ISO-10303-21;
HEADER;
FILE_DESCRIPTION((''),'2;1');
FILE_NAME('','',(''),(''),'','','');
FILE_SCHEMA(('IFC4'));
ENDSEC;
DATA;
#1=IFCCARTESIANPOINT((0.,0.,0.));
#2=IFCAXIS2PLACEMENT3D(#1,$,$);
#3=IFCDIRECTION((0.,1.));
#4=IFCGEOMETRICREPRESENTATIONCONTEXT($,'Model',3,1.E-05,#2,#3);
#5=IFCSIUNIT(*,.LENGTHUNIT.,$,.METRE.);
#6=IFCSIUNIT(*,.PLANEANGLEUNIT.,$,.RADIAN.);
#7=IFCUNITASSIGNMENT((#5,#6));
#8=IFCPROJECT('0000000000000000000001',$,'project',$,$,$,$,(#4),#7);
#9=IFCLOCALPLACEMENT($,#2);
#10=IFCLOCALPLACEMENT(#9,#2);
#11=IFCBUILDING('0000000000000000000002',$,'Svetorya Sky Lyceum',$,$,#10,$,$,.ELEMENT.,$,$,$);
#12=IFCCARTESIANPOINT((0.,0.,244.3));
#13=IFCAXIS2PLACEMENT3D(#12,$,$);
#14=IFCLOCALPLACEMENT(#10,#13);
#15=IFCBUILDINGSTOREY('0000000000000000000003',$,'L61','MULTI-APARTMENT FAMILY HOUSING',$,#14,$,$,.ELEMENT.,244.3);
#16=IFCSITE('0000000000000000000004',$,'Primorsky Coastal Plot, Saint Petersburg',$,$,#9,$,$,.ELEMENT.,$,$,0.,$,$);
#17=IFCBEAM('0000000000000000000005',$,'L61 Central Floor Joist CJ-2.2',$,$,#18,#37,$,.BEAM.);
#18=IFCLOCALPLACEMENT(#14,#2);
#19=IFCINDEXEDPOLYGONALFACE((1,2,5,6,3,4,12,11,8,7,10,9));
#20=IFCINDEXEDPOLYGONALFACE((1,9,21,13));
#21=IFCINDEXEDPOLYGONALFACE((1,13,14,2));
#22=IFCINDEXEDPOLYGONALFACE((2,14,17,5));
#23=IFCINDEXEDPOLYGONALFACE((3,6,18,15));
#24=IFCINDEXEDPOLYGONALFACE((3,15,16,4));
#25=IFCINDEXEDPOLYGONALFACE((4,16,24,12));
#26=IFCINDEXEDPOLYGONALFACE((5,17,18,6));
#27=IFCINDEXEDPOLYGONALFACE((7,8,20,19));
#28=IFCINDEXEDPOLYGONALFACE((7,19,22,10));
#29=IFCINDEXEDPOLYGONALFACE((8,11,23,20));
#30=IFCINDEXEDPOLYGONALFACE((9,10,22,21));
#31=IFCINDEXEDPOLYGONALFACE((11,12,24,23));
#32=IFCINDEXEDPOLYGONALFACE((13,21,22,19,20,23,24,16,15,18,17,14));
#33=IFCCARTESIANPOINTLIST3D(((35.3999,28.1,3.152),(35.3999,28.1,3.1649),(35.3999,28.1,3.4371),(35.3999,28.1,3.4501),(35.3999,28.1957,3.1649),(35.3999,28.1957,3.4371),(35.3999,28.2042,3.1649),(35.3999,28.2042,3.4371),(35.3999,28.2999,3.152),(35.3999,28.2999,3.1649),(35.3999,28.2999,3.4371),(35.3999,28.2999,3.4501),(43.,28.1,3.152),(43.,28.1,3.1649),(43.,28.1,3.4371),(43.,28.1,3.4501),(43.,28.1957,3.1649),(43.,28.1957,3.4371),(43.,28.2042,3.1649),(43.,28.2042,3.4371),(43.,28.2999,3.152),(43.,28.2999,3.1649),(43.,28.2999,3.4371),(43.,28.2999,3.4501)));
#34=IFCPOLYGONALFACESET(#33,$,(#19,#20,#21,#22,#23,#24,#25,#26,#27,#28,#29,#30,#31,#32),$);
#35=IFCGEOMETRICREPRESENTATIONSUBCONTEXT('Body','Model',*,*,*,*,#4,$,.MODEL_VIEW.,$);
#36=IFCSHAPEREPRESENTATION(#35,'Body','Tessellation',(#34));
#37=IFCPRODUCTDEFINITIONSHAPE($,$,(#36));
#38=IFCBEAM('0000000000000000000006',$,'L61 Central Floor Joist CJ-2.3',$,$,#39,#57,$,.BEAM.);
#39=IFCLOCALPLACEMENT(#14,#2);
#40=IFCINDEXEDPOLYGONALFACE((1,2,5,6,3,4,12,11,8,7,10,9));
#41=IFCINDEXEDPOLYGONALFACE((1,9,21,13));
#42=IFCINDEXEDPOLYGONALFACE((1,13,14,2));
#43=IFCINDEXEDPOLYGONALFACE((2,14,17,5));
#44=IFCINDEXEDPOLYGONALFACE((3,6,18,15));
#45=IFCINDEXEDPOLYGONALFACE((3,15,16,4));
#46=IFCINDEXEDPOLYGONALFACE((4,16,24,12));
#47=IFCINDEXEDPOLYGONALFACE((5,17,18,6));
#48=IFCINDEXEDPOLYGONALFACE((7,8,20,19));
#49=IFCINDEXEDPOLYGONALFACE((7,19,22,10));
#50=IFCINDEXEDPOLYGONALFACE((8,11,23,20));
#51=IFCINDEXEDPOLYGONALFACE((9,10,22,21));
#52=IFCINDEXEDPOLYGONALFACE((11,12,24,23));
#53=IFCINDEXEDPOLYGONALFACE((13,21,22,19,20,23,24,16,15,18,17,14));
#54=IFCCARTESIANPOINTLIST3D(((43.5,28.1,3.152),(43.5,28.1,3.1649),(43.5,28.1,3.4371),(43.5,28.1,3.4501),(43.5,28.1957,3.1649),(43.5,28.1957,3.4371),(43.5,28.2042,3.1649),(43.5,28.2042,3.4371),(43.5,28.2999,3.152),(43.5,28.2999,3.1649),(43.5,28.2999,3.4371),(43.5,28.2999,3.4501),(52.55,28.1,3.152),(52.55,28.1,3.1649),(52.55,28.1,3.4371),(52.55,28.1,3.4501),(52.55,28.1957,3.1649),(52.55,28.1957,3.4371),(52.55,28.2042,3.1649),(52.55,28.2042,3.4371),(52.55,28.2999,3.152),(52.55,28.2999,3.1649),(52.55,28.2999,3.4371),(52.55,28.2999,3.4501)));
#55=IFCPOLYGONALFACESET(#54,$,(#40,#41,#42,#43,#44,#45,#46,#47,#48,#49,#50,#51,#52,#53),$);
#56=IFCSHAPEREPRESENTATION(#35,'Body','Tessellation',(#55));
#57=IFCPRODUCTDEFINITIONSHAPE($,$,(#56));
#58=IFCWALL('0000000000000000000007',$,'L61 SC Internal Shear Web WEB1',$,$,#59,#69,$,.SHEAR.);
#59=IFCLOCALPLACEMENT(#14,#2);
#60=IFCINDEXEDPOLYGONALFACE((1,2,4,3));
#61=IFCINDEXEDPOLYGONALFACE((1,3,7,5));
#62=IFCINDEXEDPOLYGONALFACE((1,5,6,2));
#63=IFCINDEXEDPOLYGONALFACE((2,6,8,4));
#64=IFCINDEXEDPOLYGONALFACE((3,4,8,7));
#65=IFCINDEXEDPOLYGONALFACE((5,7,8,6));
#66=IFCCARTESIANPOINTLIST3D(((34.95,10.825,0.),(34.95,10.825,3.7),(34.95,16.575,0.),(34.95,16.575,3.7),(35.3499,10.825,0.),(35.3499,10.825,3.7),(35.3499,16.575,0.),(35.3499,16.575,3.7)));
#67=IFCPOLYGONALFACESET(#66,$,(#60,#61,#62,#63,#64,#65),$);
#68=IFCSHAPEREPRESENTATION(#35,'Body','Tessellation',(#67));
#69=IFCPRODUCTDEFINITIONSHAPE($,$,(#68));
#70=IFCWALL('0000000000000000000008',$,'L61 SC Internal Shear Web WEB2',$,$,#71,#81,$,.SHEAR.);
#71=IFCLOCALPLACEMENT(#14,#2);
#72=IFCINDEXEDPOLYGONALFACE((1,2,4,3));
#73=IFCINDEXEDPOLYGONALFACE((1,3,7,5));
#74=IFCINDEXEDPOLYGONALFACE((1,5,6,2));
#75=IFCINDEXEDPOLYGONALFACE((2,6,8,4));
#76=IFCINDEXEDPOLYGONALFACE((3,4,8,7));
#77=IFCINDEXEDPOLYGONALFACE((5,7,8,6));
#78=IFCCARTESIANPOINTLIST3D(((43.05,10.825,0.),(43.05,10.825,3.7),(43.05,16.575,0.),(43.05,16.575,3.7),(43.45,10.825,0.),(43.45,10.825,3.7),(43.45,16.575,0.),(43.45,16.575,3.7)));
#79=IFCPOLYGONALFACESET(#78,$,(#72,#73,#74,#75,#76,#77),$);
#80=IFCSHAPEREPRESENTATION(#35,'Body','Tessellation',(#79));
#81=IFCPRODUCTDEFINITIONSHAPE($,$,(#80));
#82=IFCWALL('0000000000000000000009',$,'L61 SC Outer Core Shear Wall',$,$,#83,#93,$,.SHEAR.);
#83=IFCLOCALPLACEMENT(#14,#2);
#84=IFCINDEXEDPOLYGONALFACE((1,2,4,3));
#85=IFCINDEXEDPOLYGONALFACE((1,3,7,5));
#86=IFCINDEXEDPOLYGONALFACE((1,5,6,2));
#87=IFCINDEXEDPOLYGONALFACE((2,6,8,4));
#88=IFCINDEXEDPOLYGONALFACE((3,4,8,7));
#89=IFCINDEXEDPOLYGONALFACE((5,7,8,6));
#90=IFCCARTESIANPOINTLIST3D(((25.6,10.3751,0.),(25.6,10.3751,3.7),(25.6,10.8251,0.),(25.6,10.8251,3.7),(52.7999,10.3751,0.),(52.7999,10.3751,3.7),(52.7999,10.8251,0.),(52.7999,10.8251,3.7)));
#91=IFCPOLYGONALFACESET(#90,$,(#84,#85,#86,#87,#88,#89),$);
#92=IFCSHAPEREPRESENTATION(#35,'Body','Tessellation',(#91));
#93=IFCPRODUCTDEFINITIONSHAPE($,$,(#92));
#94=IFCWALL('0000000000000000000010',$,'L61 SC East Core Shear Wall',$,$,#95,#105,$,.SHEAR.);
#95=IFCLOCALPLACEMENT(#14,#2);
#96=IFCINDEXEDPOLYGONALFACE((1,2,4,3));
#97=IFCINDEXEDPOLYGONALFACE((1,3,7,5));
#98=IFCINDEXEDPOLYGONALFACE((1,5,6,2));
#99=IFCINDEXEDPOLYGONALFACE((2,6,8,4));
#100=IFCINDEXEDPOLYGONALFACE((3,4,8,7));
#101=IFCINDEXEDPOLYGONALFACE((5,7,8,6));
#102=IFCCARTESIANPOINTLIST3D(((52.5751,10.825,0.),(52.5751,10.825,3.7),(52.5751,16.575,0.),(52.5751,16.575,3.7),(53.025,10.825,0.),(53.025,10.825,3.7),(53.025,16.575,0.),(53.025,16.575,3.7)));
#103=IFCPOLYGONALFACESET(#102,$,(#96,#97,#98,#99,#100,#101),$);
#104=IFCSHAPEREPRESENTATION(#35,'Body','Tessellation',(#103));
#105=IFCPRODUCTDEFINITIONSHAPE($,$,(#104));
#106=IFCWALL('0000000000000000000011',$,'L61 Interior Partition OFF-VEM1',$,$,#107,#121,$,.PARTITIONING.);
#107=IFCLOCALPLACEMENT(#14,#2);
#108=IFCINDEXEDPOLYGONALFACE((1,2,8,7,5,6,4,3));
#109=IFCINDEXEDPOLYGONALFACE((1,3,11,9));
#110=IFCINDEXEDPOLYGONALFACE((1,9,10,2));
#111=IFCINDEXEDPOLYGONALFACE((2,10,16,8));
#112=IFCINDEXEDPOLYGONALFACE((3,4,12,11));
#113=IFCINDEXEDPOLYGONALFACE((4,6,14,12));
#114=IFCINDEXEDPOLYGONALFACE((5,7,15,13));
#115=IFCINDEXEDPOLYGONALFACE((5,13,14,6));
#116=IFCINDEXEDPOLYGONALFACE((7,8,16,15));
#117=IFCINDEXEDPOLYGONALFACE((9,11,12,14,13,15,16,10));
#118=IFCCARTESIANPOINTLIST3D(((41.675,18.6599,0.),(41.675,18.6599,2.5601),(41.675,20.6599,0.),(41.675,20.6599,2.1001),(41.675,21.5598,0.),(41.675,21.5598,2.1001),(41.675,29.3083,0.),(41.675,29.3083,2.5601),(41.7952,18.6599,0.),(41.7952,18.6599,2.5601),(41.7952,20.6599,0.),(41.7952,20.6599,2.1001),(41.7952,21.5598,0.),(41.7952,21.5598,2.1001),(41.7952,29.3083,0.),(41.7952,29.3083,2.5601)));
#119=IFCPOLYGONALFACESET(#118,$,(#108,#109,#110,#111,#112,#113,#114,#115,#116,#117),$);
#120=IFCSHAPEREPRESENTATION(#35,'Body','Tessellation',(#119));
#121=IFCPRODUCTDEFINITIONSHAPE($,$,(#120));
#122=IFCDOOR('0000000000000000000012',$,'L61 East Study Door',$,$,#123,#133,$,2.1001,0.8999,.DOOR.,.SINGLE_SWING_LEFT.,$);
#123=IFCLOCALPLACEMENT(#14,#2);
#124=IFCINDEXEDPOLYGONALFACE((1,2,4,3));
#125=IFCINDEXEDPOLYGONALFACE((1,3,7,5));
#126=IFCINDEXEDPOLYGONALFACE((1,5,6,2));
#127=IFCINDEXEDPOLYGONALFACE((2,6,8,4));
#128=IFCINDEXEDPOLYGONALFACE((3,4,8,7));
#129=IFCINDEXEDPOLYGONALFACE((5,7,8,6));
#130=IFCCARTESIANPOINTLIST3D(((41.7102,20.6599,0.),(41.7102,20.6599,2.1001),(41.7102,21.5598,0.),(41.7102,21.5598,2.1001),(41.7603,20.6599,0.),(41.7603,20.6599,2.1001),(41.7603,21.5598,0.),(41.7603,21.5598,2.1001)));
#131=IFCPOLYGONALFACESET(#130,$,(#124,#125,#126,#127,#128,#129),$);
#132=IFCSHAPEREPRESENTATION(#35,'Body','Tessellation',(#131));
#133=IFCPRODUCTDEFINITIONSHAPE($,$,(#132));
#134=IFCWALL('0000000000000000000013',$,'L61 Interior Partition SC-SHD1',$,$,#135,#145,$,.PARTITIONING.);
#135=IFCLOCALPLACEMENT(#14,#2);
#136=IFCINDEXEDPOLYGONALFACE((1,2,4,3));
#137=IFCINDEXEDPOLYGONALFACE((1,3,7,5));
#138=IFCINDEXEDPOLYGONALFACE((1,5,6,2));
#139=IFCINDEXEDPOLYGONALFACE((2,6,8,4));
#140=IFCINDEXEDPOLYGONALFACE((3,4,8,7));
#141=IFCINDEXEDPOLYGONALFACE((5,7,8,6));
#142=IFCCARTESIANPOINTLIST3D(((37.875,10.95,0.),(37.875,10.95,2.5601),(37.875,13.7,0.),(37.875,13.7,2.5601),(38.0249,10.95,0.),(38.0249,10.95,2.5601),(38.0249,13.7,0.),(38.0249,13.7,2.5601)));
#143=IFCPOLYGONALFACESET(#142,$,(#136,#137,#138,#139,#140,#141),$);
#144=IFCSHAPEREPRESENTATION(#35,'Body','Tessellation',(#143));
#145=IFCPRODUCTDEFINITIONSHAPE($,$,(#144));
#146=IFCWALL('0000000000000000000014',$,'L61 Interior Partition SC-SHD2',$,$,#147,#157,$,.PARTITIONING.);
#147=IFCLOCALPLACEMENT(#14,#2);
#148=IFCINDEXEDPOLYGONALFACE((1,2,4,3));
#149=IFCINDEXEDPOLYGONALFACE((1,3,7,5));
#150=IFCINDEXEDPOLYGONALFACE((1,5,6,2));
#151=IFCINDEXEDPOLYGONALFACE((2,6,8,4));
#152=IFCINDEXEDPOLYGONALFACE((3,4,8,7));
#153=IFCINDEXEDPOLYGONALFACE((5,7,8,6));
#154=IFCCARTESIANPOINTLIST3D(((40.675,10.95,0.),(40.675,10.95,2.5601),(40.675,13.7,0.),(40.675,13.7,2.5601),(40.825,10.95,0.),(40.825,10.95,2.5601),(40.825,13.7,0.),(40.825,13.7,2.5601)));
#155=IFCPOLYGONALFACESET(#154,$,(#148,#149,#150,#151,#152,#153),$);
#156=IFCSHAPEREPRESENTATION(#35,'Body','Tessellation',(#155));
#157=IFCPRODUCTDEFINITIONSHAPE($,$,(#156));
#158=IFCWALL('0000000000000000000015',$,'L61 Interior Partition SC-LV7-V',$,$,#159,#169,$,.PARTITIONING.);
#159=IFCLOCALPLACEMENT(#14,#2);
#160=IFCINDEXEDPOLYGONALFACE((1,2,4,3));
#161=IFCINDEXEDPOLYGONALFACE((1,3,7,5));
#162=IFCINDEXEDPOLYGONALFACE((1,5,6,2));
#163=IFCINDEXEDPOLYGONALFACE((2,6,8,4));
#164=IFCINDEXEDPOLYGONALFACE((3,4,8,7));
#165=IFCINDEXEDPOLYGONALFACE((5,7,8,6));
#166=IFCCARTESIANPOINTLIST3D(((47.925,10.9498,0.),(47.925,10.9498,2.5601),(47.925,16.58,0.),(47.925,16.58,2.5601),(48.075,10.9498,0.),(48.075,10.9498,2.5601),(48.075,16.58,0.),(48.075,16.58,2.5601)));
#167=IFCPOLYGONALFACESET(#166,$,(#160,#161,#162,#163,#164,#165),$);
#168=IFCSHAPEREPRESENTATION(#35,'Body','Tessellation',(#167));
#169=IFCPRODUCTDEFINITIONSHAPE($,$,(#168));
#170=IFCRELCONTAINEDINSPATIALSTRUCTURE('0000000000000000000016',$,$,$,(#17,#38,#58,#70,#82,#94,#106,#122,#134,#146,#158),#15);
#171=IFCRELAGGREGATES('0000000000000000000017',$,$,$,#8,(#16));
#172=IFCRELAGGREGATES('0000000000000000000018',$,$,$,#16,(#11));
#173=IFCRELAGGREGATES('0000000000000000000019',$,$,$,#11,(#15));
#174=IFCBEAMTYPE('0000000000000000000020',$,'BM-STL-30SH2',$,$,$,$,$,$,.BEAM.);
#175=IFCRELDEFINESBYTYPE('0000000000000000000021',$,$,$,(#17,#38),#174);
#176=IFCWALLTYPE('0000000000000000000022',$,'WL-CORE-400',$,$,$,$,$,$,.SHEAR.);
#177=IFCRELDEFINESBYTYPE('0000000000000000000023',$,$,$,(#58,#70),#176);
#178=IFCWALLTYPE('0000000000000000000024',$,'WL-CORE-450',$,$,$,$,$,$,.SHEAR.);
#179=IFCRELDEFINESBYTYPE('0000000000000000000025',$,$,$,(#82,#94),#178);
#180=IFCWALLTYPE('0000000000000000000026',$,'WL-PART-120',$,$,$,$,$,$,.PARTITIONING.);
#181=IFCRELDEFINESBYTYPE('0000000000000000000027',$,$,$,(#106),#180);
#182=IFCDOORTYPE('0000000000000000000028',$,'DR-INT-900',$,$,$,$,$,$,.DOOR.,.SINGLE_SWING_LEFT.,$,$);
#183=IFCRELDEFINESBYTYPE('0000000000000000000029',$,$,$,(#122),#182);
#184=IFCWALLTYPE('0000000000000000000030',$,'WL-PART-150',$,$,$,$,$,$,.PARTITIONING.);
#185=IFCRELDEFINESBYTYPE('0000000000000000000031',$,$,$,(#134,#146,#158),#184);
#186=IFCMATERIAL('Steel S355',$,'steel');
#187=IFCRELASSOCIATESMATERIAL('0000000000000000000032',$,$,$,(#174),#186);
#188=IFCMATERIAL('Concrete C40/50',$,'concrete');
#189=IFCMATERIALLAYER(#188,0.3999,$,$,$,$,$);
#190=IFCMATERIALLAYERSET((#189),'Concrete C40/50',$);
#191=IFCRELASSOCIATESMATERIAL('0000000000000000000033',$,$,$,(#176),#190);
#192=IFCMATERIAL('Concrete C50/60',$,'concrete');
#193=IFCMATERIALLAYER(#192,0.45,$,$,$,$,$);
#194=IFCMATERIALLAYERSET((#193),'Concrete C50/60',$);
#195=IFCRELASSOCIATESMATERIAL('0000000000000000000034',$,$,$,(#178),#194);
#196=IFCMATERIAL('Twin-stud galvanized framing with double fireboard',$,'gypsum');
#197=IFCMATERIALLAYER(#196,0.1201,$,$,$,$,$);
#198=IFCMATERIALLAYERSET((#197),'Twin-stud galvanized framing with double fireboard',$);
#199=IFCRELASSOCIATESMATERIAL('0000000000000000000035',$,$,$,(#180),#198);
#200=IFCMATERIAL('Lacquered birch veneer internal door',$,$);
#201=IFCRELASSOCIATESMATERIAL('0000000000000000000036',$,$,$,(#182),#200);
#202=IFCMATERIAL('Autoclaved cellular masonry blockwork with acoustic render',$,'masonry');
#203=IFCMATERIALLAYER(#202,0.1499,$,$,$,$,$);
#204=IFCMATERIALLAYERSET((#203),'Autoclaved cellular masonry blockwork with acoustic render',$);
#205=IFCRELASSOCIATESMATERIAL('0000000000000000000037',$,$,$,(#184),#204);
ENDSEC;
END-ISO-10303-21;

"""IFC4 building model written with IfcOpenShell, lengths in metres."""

from ifc_helpers import new_model, si_unit, direction, frame, frame_2d, origin, origin_2d, place, context, subcontext, project, spatial, rectangle, i_section, extrude, material, layer, layer_set, material_profile, profile_set, type_object, element, fill, save


model = new_model("IFC4")

# Units and contexts
model_context = context("Model", 3, precision=1e-05, world=origin(), true_north=direction((0.0, 1.0)))
body_context = subcontext(model_context, "Body", "Model", "MODEL_VIEW")
ifc_project = project(units=[si_unit("LENGTHUNIT", "METRE"), si_unit("PLANEANGLEUNIT", "RADIAN")], contexts=[model_context])

# Site, building, storey
site_placement = place(None, origin())
site = spatial("IfcSite", under=ifc_project, at=site_placement, Name="Primorsky Coastal Plot, Saint Petersburg", CompositionType="ELEMENT", RefElevation=0.0)
building_placement = place(site_placement, origin())
building = spatial("IfcBuilding", under=site, at=building_placement, Name="Svetorya Sky Lyceum", CompositionType="ELEMENT")
storey_placement = place(building_placement, frame((0.0, 0.0, 244.3)))
storey = spatial("IfcBuildingStorey", under=building, at=storey_placement, Name="L61", Description="MULTI-APARTMENT FAMILY HOUSING", CompositionType="ELEMENT", Elevation=244.3)

# Shared definitions
ifc_material_1 = material(Name="Concrete C50/60", Category="concrete")

# Beams
ifc_material_2 = material(Name="Steel S355", Category="steel")
ifc_material_profile_1 = material_profile(ifc_material_2, i_section(OverallWidth=0.2, OverallDepth=0.2981, WebThickness=0.0085, FlangeThickness=0.0129, at=origin_2d()), Name="GOST 30Sh2")
ifc_profile_set_1 = profile_set([ifc_material_profile_1], Name="Steel S355")
beam_type_1 = type_object("IfcBeamType", Name="BM-STL-30SH2", PredefinedType="BEAM", material=ifc_profile_set_1)
beam_1_placement = place(storey_placement, frame((35.3999, 28.2, 3.301), z_axis=(1.0, 0.0, 0.0), x_axis=(0.0, 1.0, 0.0)))
element("IfcBeam", 1, at=beam_1_placement, inside=storey, type_object=beam_type_1, Name="L61 Central Floor Joist CJ-2.2", PredefinedType="BEAM", context=body_context, shape_type="SweptSolid", body=[
    extrude(i_section(OverallWidth=0.2, OverallDepth=0.2981, WebThickness=0.0085, FlangeThickness=0.0129, at=origin_2d()), origin(), (0.0, 0.0, 1.0), 7.6001),
])
beam_2_placement = place(storey_placement, frame((43.5, 28.2, 3.301), z_axis=(1.0, 0.0, 0.0), x_axis=(0.0, 1.0, 0.0)))
element("IfcBeam", 2, at=beam_2_placement, inside=storey, type_object=beam_type_1, Name="L61 Central Floor Joist CJ-2.3", PredefinedType="BEAM", context=body_context, shape_type="SweptSolid", body=[
    extrude(i_section(OverallWidth=0.2, OverallDepth=0.2981, WebThickness=0.0085, FlangeThickness=0.0129, at=origin_2d()), origin(), (0.0, 0.0, 1.0), 9.05),
])

# Walls
ifc_material_3 = material(Name="Concrete C40/50", Category="concrete")
ifc_layer_1 = layer(ifc_material_3, 0.3999)
ifc_layer_set_1 = layer_set([ifc_layer_1], Name="Concrete C40/50")
wall_type_1 = type_object("IfcWallType", Name="WL-CORE-400", PredefinedType="SHEAR", material=ifc_layer_set_1)
for number, where, z_axis, x_axis, name in (
    (3, (35.1499, 10.825, 0.0), (0.0, 0.0, 1.0), (0.0, 1.0, 0.0), "L61 SC Internal Shear Web WEB1"),
    (4, (43.25, 10.825, 0.0), (0.0, 0.0, 1.0), (0.0, 1.0, 0.0), "L61 SC Internal Shear Web WEB2"),
):
    element("IfcWall", number, at=place(storey_placement, frame(where, z_axis=z_axis, x_axis=x_axis)), inside=storey, type_object=wall_type_1, Name=name, PredefinedType="SHEAR", context=body_context, shape_type="SweptSolid", body=[
        extrude(rectangle(XDim=5.75, YDim=0.3999, at=frame_2d((2.875, 0.0))), origin(), (0.0, 0.0, 1.0), 3.7),
    ])
ifc_layer_2 = layer(ifc_material_1, 0.45)
ifc_layer_set_2 = layer_set([ifc_layer_2], Name="Concrete C50/60")
wall_type_2 = type_object("IfcWallType", Name="WL-CORE-450", PredefinedType="SHEAR", material=ifc_layer_set_2)
wall_1_placement = place(storey_placement, frame((52.8, 10.6001, 0.0), z_axis=(0.0, 0.0, 1.0), x_axis=(-1.0, 0.0, 0.0)))
element("IfcWall", 5, at=wall_1_placement, inside=storey, type_object=wall_type_2, Name="L61 SC Outer Core Shear Wall", PredefinedType="SHEAR", context=body_context, shape_type="SweptSolid", body=[
    extrude(rectangle(XDim=27.2, YDim=0.45, at=frame_2d((13.6001, 0.0))), origin(), (0.0, 0.0, 1.0), 3.7),
])
wall_2_placement = place(storey_placement, frame((52.8, 10.825, 0.0), z_axis=(0.0, 0.0, 1.0), x_axis=(0.0, 1.0, 0.0)))
element("IfcWall", 6, at=wall_2_placement, inside=storey, type_object=wall_type_2, Name="L61 SC East Core Shear Wall", PredefinedType="SHEAR", context=body_context, shape_type="SweptSolid", body=[
    extrude(rectangle(XDim=5.75, YDim=0.45, at=frame_2d((2.875, 0.0))), origin(), (0.0, 0.0, 1.0), 3.7),
])

# Wall, opening, door
ifc_material_4 = material(Name="Twin-stud galvanized framing with double fireboard", Category="gypsum")
ifc_layer_3 = layer(ifc_material_4, 0.1201)
ifc_layer_set_3 = layer_set([ifc_layer_3], Name="Twin-stud galvanized framing with double fireboard")
wall_type_3 = type_object("IfcWallType", Name="WL-PART-120", PredefinedType="PARTITIONING", material=ifc_layer_set_3)
wall_3_placement = place(storey_placement, frame((41.7351, 18.6599, 0.0), z_axis=(0.0, 0.0, 1.0), x_axis=(0.0, 1.0, 0.0)))
wall_3 = element("IfcWall", 7, at=wall_3_placement, inside=storey, type_object=wall_type_3, Name="L61 Interior Partition OFF-VEM1", PredefinedType="PARTITIONING", context=body_context, shape_type="SweptSolid", body=[
    extrude(rectangle(XDim=10.6484, YDim=0.1201, at=frame_2d((5.3242, 0.0))), origin(), (0.0, 0.0, 1.0), 2.5601),
])
opening_1_placement = place(wall_3_placement, frame((2.0, 0.0, 0.0)))
opening_1 = element("IfcOpeningElement", 8, at=opening_1_placement, cuts=wall_3, PredefinedType="OPENING", context=body_context, shape_type="SweptSolid", body=[
    extrude(rectangle(XDim=0.8999, YDim=2.1001, at=frame_2d((0.45, 1.05))), frame((0.0, 0.0701, 0.0), z_axis=(0.0, -1.0, 0.0), x_axis=(1.0, 0.0, 0.0)), (0.0, 0.0, 1.0), 0.1401),
])
ifc_material_5 = material(Name="Lacquered birch veneer internal door")
door_type_1 = type_object("IfcDoorType", Name="DR-INT-900", OperationType="SINGLE_SWING_LEFT", PredefinedType="DOOR", material=ifc_material_5)
door_1_placement = place(opening_1_placement, origin())
door_1 = element("IfcDoor", 9, at=door_1_placement, inside=storey, type_object=door_type_1, Name="L61 East Study Door", OperationType="SINGLE_SWING_LEFT", OverallHeight=2.1001, OverallWidth=0.8999, PredefinedType="DOOR", context=body_context, shape_type="SweptSolid", body=[
    extrude(rectangle(XDim=0.8999, YDim=2.1001, at=frame_2d((0.45, 1.05))), frame((0.0, 0.0249, 0.0), z_axis=(0.0, -1.0, 0.0), x_axis=(1.0, 0.0, 0.0)), (0.0, 0.0, 1.0), 0.05),
])
fill(opening_1, door_1)

# Walls
ifc_material_6 = material(Name="Autoclaved cellular masonry blockwork with acoustic render", Category="masonry")
ifc_layer_4 = layer(ifc_material_6, 0.1499)
ifc_layer_set_4 = layer_set([ifc_layer_4], Name="Autoclaved cellular masonry blockwork with acoustic render")
wall_type_4 = type_object("IfcWallType", Name="WL-PART-150", PredefinedType="PARTITIONING", material=ifc_layer_set_4)
for number, where, z_axis, x_axis, name in (
    (10, (37.95, 10.95, 0.0), (0.0, 0.0, 1.0), (0.0, 1.0, 0.0), "L61 Interior Partition SC-SHD1"),
    (11, (40.75, 10.95, 0.0), (0.0, 0.0, 1.0), (0.0, 1.0, 0.0), "L61 Interior Partition SC-SHD2"),
):
    element("IfcWall", number, at=place(storey_placement, frame(where, z_axis=z_axis, x_axis=x_axis)), inside=storey, type_object=wall_type_4, Name=name, PredefinedType="PARTITIONING", context=body_context, shape_type="SweptSolid", body=[
        extrude(rectangle(XDim=2.75, YDim=0.1499, at=frame_2d((1.375, 0.0))), origin(), (0.0, 0.0, 1.0), 2.5601),
    ])
wall_4_placement = place(storey_placement, frame((48.0, 10.95, 0.0), z_axis=(0.0, 0.0, 1.0), x_axis=(0.0, 1.0, 0.0)))
element("IfcWall", 12, at=wall_4_placement, inside=storey, type_object=wall_type_4, Name="L61 Interior Partition SC-LV7-V", PredefinedType="PARTITIONING", context=body_context, shape_type="SweptSolid", body=[
    extrude(rectangle(XDim=5.6301, YDim=0.1499, at=frame_2d((2.8149, 0.0))), origin(), (0.0, 0.0, 1.0), 2.5601),
])

save(model, "model.ifc")
